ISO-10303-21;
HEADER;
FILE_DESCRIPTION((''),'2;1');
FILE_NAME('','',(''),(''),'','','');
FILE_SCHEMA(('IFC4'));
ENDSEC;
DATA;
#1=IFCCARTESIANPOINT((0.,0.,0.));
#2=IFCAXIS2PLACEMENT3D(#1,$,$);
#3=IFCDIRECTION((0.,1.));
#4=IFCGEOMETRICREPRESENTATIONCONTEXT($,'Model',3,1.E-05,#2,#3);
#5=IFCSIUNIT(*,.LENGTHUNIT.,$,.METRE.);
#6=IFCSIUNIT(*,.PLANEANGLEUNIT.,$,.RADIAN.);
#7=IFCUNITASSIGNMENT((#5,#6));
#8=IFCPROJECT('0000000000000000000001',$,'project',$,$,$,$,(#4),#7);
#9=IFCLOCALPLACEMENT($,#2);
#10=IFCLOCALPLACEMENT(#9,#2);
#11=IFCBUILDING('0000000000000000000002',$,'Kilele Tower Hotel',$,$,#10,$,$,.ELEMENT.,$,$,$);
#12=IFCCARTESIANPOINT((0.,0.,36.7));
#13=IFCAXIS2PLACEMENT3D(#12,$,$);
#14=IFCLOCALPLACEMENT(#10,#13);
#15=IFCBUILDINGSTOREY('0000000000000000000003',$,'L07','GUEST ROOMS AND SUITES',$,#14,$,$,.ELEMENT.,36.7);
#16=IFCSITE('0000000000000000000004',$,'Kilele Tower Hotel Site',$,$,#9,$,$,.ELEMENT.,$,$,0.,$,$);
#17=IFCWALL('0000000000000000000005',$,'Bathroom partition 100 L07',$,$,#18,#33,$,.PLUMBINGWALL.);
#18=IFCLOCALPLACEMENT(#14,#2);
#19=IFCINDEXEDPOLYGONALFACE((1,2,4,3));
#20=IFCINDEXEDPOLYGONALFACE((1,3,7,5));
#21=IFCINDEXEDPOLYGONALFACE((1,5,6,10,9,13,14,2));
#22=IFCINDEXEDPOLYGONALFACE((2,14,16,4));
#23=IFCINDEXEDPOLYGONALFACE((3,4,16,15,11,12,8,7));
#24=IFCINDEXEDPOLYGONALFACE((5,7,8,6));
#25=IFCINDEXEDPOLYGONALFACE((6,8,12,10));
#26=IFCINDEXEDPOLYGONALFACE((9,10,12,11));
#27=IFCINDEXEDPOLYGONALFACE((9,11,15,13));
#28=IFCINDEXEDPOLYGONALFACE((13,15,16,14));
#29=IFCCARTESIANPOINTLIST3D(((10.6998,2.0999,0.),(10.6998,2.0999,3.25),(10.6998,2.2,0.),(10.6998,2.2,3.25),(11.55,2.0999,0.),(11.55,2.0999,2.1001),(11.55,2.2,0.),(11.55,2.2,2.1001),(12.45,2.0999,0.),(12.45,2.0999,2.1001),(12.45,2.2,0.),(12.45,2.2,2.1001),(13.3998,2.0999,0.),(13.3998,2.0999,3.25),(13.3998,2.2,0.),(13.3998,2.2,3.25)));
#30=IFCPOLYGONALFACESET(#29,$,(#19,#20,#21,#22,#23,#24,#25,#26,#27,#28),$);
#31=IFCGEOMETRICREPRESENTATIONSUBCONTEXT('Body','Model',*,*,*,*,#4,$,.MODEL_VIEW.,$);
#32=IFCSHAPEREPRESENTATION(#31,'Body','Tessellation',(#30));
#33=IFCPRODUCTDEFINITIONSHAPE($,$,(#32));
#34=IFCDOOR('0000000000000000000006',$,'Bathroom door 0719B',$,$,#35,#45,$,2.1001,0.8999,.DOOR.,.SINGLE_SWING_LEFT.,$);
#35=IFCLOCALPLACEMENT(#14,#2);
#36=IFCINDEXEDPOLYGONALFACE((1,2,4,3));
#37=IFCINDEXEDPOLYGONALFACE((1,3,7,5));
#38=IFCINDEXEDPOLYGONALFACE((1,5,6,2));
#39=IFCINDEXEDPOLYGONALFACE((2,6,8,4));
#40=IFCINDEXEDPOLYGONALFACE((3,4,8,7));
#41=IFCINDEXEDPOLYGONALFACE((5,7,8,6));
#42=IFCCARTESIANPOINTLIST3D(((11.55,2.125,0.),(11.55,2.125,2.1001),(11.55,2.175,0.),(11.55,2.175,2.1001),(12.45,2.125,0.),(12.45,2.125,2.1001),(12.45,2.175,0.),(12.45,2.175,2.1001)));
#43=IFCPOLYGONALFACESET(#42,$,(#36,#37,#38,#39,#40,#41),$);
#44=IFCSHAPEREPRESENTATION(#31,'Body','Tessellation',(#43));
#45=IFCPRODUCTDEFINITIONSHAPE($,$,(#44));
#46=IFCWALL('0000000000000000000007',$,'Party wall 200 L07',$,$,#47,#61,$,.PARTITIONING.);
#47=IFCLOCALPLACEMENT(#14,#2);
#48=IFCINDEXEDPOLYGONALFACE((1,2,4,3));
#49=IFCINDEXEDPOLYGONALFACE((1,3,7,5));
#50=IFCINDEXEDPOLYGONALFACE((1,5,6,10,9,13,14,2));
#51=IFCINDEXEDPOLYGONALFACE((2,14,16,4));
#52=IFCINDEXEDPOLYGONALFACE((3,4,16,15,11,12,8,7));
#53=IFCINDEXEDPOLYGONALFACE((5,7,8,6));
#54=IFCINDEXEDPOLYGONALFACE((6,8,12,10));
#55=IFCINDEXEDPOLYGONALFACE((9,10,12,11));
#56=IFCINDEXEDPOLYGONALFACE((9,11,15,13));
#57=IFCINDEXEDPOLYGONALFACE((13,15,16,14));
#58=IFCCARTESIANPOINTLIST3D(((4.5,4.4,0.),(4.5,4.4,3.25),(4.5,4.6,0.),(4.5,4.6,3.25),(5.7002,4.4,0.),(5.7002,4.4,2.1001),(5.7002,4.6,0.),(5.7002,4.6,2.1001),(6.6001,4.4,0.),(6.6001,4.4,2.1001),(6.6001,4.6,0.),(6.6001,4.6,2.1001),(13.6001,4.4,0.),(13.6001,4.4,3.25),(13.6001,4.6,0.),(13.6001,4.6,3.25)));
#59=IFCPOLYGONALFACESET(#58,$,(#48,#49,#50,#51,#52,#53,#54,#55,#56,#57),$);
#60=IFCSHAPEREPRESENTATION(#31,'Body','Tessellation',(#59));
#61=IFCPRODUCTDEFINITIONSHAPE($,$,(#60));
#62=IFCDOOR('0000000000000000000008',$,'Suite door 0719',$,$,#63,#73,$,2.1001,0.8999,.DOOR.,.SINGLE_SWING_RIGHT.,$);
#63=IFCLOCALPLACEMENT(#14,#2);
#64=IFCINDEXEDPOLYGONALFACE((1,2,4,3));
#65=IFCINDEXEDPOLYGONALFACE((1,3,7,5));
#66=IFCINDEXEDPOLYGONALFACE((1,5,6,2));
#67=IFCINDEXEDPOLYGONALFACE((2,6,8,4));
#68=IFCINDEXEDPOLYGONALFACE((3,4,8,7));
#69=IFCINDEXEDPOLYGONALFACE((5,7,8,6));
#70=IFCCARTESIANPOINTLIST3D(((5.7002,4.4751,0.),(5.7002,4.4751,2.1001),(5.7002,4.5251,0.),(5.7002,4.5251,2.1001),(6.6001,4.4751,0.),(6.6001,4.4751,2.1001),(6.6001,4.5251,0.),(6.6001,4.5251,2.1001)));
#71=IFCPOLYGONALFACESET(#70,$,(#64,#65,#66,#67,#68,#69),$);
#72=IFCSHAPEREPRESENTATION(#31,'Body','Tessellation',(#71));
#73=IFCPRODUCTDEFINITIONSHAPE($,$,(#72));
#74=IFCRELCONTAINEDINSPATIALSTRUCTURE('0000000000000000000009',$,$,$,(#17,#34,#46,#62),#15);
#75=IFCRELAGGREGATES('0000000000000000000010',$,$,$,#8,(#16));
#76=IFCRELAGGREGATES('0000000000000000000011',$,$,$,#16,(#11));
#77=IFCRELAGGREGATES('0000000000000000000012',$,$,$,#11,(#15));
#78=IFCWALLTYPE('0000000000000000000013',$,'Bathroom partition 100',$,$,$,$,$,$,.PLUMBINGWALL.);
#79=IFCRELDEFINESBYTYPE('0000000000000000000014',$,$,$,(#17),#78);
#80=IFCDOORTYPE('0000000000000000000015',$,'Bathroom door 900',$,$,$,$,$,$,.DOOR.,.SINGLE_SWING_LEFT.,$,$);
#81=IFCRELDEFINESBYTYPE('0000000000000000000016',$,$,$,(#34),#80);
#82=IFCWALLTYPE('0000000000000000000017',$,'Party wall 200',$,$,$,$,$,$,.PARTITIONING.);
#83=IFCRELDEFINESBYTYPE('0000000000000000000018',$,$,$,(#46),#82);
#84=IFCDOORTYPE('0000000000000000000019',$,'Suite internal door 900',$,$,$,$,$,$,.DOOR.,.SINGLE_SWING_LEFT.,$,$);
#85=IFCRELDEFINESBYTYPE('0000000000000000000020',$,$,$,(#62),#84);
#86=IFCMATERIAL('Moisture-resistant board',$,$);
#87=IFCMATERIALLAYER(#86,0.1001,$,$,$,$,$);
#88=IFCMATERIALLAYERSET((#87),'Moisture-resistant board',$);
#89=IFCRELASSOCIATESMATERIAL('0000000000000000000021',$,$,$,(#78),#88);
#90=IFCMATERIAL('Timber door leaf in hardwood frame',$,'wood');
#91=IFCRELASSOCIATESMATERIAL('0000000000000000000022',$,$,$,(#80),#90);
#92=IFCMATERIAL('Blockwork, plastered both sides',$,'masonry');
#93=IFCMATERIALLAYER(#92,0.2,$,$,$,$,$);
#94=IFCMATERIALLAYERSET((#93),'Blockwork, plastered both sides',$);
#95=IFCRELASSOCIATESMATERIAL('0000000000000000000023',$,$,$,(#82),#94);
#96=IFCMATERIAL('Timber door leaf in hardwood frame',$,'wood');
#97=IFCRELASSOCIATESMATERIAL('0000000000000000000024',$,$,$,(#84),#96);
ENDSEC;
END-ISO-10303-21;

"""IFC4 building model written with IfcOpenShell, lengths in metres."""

from ifc_helpers import new_model, si_unit, direction, frame, frame_2d, origin, place, context, subcontext, project, spatial, rectangle, extrude, material, layer, layer_set, type_object, element, fill, save


model = new_model("IFC4")

# Units and contexts
model_context = context("Model", 3, precision=1e-05, world=origin(), true_north=direction((0.0, 1.0)))
body_context = subcontext(model_context, "Body", "Model", "MODEL_VIEW")
ifc_project = project(units=[si_unit("LENGTHUNIT", "METRE"), si_unit("PLANEANGLEUNIT", "RADIAN")], contexts=[model_context])

# Site, building, storey
site_placement = place(None, origin())
site = spatial("IfcSite", under=ifc_project, at=site_placement, Name="Kilele Tower Hotel Site", CompositionType="ELEMENT", RefElevation=0.0)
building_placement = place(site_placement, origin())
building = spatial("IfcBuilding", under=site, at=building_placement, Name="Kilele Tower Hotel", CompositionType="ELEMENT")
storey_placement = place(building_placement, frame((0.0, 0.0, 36.7)))
storey = spatial("IfcBuildingStorey", under=building, at=storey_placement, Name="L07", Description="GUEST ROOMS AND SUITES", CompositionType="ELEMENT", Elevation=36.7)

# Shared definitions
ifc_material_1 = material(Name="Moisture-resistant board")
ifc_layer_1 = layer(ifc_material_1, 0.1001)
ifc_layer_set_1 = layer_set([ifc_layer_1], Name="Moisture-resistant board")
wall_type_1 = type_object("IfcWallType", Name="Bathroom partition 100", PredefinedType="PLUMBINGWALL", material=ifc_layer_set_1)

# Shared definitions
ifc_material_2 = material(Name="Timber door leaf in hardwood frame", Category="wood")
door_type_1 = type_object("IfcDoorType", Name="Bathroom door 900", OperationType="SINGLE_SWING_LEFT", PredefinedType="DOOR", material=ifc_material_2)

# Walls, openings, doors
wall_1_placement = place(storey_placement, frame((13.3999, 2.1499, 0.0), z_axis=(0.0, 0.0, 1.0), x_axis=(-1.0, 0.0, 0.0)))
wall_1 = element("IfcWall", 1, at=wall_1_placement, inside=storey, type_object=wall_type_1, Name="Bathroom partition 100 L07", PredefinedType="PLUMBINGWALL", context=body_context, shape_type="SweptSolid", body=[
    extrude(rectangle(XDim=2.7, YDim=0.1001, at=frame_2d((1.3501, 0.0))), origin(), (0.0, 0.0, 1.0), 3.25),
])
opening_1_placement = place(wall_1_placement, frame((0.95, 0.0, 0.0)))
opening_1 = element("IfcOpeningElement", 2, at=opening_1_placement, cuts=wall_1, PredefinedType="OPENING", context=body_context, shape_type="SweptSolid", body=[
    extrude(rectangle(XDim=0.8999, YDim=2.1001, at=frame_2d((0.45, 1.05))), frame((0.0, 0.0601, 0.0), z_axis=(0.0, -1.0, 0.0), x_axis=(1.0, 0.0, 0.0)), (0.0, 0.0, 1.0), 0.1201),
])
door_1_placement = place(opening_1_placement, origin())
door_1 = element("IfcDoor", 3, at=door_1_placement, inside=storey, type_object=door_type_1, Name="Bathroom door 0719B", OperationType="SINGLE_SWING_LEFT", OverallHeight=2.1001, OverallWidth=0.8999, PredefinedType="DOOR", context=body_context, shape_type="SweptSolid", body=[
    extrude(rectangle(XDim=0.8999, YDim=2.1001, at=frame_2d((0.45, 1.05))), frame((0.0, 0.0249, 0.0), z_axis=(0.0, -1.0, 0.0), x_axis=(1.0, 0.0, 0.0)), (0.0, 0.0, 1.0), 0.05),
])
fill(opening_1, door_1)
ifc_material_3 = material(Name="Blockwork, plastered both sides", Category="masonry")
ifc_layer_2 = layer(ifc_material_3, 0.2)
ifc_layer_set_2 = layer_set([ifc_layer_2], Name="Blockwork, plastered both sides")
wall_type_2 = type_object("IfcWallType", Name="Party wall 200", PredefinedType="PARTITIONING", material=ifc_layer_set_2)
wall_2_placement = place(storey_placement, frame((13.6001, 4.5, 0.0), z_axis=(0.0, 0.0, 1.0), x_axis=(-1.0, 0.0, 0.0)))
wall_2 = element("IfcWall", 4, at=wall_2_placement, inside=storey, type_object=wall_type_2, Name="Party wall 200 L07", PredefinedType="PARTITIONING", context=body_context, shape_type="SweptSolid", body=[
    extrude(rectangle(XDim=9.1001, YDim=0.2, at=frame_2d((4.55, 0.0))), origin(), (0.0, 0.0, 1.0), 3.25),
])
opening_2_placement = place(wall_2_placement, frame((7.0, 0.0, 0.0)))
opening_2 = element("IfcOpeningElement", 5, at=opening_2_placement, cuts=wall_2, PredefinedType="OPENING", context=body_context, shape_type="SweptSolid", body=[
    extrude(rectangle(XDim=0.8999, YDim=2.1001, at=frame_2d((0.45, 1.05))), frame((0.0, 0.1099, 0.0), z_axis=(0.0, -1.0, 0.0), x_axis=(1.0, 0.0, 0.0)), (0.0, 0.0, 1.0), 0.22),
])
ifc_material_4 = material(Name="Timber door leaf in hardwood frame", Category="wood")
door_type_2 = type_object("IfcDoorType", Name="Suite internal door 900", OperationType="SINGLE_SWING_LEFT", PredefinedType="DOOR", material=ifc_material_4)
door_2_placement = place(opening_2_placement, origin())
door_2 = element("IfcDoor", 6, at=door_2_placement, inside=storey, type_object=door_type_2, Name="Suite door 0719", OperationType="SINGLE_SWING_RIGHT", OverallHeight=2.1001, OverallWidth=0.8999, PredefinedType="DOOR", context=body_context, shape_type="SweptSolid", body=[
    extrude(rectangle(XDim=0.8999, YDim=2.1001, at=frame_2d((0.45, 1.05))), frame((0.0, 0.0249, 0.0), z_axis=(0.0, -1.0, 0.0), x_axis=(1.0, 0.0, 0.0)), (0.0, 0.0, 1.0), 0.05),
])
fill(opening_2, door_2)

save(model, "model.ifc")
